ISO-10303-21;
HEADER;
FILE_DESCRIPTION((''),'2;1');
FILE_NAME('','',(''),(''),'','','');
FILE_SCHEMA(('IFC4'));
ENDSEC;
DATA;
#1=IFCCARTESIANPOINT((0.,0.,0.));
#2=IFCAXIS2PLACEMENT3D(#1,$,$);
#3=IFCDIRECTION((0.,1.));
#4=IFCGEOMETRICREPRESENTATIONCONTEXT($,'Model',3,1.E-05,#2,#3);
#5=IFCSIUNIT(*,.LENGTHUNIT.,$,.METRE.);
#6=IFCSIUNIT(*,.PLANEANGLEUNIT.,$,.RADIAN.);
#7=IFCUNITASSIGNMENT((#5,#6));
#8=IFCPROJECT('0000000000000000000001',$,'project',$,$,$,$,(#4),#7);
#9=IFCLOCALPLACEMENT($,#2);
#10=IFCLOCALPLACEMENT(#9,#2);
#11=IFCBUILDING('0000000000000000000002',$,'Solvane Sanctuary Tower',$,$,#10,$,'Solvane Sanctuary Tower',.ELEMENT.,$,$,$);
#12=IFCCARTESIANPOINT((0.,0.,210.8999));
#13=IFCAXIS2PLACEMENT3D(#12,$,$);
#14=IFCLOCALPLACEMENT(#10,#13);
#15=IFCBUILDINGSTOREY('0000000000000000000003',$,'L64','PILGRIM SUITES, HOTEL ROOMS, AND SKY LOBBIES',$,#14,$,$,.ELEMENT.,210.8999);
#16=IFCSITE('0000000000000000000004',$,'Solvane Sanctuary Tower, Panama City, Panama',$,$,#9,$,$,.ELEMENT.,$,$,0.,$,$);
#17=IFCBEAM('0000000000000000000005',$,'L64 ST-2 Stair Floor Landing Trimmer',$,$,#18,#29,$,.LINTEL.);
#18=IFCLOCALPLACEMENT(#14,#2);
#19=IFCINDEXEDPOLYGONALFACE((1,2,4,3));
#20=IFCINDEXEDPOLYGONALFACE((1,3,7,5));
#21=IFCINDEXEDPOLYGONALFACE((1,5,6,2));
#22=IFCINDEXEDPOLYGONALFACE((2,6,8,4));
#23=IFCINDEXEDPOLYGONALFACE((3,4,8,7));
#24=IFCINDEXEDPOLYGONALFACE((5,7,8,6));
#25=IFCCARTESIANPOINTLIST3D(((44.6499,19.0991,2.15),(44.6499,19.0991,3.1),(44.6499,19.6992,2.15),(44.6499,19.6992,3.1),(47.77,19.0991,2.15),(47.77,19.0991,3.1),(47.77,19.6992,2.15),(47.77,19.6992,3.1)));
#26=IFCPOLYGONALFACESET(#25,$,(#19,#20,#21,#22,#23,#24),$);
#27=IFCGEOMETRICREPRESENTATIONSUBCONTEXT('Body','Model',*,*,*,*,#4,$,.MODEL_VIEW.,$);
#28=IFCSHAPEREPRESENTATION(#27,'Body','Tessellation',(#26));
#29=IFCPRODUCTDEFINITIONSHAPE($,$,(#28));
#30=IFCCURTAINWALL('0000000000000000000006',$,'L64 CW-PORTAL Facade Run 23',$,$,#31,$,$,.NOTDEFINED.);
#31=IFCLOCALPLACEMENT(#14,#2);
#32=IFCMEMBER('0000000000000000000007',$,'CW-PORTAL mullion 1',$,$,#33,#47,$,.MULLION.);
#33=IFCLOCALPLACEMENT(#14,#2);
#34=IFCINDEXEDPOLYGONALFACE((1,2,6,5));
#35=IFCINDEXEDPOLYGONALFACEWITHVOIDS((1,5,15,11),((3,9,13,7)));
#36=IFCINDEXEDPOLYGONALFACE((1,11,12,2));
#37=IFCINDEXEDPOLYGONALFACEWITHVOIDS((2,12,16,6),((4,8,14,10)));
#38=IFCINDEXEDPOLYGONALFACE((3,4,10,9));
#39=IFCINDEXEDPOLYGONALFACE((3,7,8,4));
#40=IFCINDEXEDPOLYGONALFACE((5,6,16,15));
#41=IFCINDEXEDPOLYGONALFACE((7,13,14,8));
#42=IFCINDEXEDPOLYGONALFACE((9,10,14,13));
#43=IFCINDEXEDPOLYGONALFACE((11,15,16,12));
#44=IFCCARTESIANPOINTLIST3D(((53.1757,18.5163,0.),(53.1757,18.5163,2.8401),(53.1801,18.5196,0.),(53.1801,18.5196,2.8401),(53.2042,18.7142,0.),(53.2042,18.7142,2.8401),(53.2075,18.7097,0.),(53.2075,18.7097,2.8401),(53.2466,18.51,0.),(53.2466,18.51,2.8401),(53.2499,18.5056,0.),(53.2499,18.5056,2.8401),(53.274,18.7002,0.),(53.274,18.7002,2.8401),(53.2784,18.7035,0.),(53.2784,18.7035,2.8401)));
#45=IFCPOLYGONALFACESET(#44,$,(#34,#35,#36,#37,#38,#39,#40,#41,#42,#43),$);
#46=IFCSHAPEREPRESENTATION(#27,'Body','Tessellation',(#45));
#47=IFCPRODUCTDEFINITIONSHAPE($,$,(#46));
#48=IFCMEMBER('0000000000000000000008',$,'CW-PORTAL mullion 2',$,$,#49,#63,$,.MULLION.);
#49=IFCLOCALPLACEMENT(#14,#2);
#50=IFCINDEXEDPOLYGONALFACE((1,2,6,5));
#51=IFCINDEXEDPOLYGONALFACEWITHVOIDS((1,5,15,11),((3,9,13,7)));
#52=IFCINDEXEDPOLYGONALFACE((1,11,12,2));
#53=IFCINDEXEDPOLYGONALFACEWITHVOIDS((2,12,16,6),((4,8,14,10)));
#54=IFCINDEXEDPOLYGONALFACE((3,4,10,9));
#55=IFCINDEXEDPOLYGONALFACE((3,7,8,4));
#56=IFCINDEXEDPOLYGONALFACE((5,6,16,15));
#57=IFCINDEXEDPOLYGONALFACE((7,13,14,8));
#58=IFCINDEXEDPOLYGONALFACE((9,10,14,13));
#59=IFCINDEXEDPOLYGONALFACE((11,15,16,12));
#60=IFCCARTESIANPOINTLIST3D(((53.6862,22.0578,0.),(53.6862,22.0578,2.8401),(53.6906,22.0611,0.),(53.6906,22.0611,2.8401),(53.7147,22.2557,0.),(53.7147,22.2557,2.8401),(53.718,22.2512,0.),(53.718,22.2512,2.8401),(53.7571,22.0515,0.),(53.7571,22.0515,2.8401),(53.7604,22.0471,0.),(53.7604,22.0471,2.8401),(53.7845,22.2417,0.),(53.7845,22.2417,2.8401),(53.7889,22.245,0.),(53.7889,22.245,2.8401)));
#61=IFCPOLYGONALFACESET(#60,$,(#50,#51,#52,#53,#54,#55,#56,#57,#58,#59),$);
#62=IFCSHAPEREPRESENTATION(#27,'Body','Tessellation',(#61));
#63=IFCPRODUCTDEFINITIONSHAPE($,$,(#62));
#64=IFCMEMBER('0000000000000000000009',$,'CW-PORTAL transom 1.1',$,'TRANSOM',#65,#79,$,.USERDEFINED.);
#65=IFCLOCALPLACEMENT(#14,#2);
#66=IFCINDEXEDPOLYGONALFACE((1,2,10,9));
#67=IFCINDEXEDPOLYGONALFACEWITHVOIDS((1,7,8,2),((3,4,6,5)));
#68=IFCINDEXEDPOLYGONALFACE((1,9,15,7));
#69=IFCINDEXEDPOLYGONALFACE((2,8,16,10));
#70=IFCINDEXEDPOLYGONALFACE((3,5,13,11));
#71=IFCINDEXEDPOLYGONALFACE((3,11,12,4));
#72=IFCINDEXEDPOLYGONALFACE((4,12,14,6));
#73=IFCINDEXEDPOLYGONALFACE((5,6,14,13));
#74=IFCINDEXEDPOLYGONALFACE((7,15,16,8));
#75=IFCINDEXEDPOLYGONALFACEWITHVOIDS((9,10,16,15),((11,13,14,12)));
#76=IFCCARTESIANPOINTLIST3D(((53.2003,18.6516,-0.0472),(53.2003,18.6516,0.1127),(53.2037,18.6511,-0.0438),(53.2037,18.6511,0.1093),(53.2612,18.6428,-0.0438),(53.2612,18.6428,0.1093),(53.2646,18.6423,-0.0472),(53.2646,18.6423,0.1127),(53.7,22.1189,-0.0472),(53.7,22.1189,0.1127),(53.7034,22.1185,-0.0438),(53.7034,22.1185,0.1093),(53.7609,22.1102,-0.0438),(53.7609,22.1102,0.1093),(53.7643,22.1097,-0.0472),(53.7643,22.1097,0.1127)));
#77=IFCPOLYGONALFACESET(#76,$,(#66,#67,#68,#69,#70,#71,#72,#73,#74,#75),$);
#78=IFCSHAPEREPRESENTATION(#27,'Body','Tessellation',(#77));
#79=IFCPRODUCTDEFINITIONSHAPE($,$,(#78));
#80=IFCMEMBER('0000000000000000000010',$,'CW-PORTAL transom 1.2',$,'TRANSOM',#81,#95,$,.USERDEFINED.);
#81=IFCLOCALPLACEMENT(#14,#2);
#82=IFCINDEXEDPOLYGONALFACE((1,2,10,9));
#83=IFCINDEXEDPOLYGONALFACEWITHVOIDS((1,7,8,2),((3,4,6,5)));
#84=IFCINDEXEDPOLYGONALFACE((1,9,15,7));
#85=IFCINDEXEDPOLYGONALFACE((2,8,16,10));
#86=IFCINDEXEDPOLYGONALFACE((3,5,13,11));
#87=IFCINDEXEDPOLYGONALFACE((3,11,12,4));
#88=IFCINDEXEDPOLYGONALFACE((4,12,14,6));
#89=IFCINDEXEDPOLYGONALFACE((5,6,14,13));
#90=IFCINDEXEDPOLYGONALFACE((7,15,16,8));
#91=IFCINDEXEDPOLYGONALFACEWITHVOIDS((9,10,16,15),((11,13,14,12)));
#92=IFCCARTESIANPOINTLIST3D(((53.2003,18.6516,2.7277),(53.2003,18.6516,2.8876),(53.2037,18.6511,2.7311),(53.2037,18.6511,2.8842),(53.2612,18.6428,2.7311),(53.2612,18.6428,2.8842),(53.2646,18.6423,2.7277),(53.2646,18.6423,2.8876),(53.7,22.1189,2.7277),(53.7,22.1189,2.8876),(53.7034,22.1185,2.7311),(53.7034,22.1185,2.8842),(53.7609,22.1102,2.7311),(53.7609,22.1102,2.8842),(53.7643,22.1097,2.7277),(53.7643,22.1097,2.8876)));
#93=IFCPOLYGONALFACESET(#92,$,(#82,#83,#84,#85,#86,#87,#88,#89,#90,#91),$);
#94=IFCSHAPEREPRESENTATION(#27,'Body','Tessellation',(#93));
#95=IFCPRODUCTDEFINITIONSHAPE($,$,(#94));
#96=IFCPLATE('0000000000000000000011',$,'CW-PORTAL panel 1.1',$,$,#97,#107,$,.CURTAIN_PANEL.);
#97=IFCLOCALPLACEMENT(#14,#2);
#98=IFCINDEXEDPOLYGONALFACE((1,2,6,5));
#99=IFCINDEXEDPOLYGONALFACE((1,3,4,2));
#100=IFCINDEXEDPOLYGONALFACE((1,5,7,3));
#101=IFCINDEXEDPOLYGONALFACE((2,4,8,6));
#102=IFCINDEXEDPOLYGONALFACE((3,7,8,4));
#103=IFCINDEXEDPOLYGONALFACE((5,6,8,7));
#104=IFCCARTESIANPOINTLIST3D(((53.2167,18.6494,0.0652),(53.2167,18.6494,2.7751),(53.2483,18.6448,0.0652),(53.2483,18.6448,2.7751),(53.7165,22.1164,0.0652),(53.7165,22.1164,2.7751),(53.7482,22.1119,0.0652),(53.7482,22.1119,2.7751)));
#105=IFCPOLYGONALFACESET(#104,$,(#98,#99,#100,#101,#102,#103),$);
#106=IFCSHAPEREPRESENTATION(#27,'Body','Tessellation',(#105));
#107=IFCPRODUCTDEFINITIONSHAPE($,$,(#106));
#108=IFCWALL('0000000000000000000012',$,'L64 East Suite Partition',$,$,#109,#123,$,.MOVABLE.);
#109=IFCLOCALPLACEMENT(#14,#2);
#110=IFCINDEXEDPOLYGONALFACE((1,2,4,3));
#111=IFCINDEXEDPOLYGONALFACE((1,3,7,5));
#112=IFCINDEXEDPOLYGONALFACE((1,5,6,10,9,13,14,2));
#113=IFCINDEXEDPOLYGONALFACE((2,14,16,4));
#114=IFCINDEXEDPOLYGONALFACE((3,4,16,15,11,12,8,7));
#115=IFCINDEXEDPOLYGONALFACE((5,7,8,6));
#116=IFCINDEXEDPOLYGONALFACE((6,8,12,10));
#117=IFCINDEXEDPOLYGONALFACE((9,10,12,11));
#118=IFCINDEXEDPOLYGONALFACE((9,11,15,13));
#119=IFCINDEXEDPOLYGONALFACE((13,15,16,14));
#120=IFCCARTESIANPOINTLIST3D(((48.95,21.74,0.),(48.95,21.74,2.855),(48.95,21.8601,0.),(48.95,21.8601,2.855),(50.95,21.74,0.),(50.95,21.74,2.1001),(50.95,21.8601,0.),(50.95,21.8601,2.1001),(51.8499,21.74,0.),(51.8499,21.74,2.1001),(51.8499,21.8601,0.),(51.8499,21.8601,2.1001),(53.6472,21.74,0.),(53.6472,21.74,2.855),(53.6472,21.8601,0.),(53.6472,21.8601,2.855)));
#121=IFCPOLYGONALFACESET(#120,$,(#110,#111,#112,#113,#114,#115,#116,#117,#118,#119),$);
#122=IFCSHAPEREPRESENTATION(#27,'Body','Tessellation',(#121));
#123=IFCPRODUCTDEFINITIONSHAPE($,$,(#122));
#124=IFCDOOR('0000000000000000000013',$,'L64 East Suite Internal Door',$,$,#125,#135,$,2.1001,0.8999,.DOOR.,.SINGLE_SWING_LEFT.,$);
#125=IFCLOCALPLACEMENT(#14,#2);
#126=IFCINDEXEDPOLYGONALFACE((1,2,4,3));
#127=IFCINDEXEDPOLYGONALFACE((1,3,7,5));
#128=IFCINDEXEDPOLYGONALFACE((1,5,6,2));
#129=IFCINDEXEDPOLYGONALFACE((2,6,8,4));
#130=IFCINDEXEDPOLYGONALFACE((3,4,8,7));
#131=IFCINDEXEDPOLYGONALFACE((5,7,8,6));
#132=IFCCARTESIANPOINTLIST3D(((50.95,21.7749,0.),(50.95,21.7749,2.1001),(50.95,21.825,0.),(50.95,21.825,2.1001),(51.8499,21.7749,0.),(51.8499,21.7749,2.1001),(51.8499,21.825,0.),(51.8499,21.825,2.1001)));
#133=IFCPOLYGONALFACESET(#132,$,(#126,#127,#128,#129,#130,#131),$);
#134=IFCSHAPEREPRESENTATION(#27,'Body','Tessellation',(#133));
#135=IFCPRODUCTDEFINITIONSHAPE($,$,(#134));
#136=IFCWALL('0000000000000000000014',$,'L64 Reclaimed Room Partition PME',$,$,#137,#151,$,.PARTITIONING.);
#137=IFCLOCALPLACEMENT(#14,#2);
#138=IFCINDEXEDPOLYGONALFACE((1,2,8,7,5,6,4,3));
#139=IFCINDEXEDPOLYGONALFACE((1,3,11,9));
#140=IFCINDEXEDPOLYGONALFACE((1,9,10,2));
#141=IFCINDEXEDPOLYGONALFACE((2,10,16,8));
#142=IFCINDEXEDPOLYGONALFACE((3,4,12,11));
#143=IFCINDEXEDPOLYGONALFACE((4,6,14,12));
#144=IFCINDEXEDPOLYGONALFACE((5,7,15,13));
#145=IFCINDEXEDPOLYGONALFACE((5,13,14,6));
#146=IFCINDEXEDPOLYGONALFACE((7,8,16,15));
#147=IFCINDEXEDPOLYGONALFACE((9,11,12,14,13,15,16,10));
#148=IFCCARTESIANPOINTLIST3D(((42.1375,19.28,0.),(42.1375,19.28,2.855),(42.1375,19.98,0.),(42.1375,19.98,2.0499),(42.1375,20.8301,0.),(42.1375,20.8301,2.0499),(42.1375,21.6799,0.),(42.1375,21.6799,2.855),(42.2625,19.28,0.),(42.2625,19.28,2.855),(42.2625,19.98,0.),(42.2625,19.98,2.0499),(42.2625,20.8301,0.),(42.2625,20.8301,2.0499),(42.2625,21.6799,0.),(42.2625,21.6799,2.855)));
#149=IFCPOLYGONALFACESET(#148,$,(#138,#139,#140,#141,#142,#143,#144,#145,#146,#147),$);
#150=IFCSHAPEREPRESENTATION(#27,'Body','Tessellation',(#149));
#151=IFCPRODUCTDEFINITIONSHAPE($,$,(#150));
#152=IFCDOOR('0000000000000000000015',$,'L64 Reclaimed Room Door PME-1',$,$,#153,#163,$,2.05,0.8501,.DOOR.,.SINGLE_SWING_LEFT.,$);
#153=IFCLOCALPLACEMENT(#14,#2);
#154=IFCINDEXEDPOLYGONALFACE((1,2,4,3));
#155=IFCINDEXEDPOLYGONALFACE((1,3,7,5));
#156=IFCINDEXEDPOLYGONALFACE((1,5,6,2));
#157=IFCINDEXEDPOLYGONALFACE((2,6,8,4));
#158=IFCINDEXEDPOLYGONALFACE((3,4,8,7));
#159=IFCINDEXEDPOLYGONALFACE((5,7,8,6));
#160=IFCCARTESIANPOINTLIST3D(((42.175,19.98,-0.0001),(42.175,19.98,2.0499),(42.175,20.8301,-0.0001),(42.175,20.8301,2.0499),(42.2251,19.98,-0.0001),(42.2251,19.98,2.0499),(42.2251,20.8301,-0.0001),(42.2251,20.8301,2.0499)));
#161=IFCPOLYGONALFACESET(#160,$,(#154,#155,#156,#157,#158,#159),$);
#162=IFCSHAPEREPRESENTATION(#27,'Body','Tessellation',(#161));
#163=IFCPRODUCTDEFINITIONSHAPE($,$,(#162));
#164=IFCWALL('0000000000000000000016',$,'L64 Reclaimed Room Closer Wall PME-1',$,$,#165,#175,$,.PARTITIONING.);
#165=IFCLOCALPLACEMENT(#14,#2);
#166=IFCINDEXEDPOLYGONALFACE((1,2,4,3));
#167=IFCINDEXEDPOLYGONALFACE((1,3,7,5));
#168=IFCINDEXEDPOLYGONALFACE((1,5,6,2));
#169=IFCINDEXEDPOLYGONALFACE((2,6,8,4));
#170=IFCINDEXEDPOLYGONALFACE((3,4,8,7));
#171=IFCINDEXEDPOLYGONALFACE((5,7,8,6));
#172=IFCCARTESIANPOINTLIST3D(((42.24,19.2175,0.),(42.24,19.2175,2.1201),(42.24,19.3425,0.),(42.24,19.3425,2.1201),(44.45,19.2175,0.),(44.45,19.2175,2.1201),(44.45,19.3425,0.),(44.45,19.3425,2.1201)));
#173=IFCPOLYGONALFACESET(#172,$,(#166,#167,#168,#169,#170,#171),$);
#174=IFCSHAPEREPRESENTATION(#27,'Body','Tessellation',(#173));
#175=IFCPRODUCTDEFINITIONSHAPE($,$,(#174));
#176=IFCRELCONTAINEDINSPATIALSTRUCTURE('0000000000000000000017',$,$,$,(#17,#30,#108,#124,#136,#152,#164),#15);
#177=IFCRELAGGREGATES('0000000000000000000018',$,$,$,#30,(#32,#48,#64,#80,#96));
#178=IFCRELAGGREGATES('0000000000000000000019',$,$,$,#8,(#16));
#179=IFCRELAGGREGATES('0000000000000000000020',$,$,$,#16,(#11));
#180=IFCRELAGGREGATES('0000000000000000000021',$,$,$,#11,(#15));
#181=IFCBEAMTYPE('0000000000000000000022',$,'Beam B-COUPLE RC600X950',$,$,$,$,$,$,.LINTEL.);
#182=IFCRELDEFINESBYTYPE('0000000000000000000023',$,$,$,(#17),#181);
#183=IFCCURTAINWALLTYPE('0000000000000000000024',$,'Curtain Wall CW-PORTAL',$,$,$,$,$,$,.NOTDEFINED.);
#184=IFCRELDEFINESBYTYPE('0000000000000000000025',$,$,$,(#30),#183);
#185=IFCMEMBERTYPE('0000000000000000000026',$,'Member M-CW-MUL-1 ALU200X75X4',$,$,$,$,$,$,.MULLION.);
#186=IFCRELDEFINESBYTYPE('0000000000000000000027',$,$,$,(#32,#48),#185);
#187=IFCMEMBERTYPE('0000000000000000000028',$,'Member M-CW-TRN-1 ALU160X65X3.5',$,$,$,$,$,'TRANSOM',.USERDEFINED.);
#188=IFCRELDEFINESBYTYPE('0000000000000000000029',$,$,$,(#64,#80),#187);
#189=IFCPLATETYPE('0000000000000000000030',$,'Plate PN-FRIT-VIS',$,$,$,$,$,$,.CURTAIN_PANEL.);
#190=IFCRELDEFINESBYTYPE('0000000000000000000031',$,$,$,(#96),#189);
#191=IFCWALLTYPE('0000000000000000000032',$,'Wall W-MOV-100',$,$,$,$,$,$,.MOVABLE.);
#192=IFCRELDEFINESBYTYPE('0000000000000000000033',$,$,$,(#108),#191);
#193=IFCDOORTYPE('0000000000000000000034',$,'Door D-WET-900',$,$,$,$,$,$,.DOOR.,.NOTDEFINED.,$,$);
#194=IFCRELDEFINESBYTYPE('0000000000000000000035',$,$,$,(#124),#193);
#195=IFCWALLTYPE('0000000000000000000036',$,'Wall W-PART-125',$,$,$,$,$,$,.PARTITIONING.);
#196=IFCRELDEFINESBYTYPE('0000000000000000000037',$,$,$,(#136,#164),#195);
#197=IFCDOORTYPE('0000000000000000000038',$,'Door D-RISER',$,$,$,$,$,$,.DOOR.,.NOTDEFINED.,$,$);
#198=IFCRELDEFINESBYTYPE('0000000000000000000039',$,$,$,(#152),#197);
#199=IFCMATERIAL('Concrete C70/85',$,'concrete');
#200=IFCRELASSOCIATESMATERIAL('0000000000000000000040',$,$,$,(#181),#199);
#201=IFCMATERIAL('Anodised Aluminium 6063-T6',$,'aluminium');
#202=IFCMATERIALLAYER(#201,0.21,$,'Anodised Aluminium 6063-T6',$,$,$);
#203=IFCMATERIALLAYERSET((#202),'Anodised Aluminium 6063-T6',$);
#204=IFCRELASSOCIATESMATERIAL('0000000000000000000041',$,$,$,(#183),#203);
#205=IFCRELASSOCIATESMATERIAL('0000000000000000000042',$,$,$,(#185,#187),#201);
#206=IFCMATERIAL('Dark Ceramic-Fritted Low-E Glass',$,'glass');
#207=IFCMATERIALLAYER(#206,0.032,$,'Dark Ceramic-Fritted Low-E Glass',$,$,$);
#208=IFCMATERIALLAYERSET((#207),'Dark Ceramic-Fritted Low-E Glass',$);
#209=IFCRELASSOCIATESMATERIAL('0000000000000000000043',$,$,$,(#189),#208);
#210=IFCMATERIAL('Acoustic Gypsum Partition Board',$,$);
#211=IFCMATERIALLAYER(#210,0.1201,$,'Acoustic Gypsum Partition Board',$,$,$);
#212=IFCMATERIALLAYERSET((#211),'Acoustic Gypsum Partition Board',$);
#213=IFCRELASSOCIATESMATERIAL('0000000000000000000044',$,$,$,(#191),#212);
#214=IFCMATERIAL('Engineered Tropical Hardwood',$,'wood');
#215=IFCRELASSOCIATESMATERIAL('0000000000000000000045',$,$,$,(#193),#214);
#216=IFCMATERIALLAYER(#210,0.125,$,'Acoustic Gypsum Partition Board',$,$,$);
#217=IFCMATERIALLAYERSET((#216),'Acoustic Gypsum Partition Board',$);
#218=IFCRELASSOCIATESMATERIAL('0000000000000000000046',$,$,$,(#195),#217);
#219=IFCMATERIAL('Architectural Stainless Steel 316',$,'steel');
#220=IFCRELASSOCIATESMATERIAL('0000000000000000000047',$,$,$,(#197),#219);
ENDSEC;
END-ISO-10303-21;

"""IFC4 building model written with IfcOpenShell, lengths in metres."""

from ifc_helpers import new_model, si_unit, direction, frame, frame_2d, origin, origin_2d, place, context, subcontext, project, spatial, rectangle, hollow_rectangle, extrude, material, layer, layer_set, material_profile, profile_set, type_object, element, fill, aggregate, save


model = new_model("IFC4")

# Units and contexts
model_context = context("Model", 3, precision=1e-05, world=origin(), true_north=direction((0.0, 1.0)))
body_context = subcontext(model_context, "Body", "Model", "MODEL_VIEW")
ifc_project = project(units=[si_unit("LENGTHUNIT", "METRE"), si_unit("PLANEANGLEUNIT", "RADIAN")], contexts=[model_context])

# Site, building, storey
site_placement = place(None, origin())
site = spatial("IfcSite", under=ifc_project, at=site_placement, Name="Solvane Sanctuary Tower, Panama City, Panama", CompositionType="ELEMENT", RefElevation=0.0)
building_placement = place(site_placement, origin())
building = spatial("IfcBuilding", under=site, at=building_placement, Name="Solvane Sanctuary Tower", LongName="Solvane Sanctuary Tower", CompositionType="ELEMENT")
storey_placement = place(building_placement, frame((0.0, 0.0, 210.8999)))
storey = spatial("IfcBuildingStorey", under=building, at=storey_placement, Name="L64", Description="PILGRIM SUITES, HOTEL ROOMS, AND SKY LOBBIES", CompositionType="ELEMENT", Elevation=210.8999)

# Beam
ifc_material_1 = material(Name="Concrete C70/85", Category="concrete")
ifc_material_profile_1 = material_profile(ifc_material_1, rectangle(XDim=0.6001, YDim=0.95, at=origin_2d()), Name="RC600X950")
ifc_profile_set_1 = profile_set([ifc_material_profile_1], Name="Concrete C70/85")
beam_type = type_object("IfcBeamType", Name="Beam B-COUPLE RC600X950", PredefinedType="LINTEL", material=ifc_profile_set_1)
beam_placement = place(storey_placement, frame((44.6499, 19.3992, 2.625), z_axis=(1.0, 0.0, 0.0), x_axis=(0.0, 1.0, 0.0)))
element("IfcBeam", 1, at=beam_placement, inside=storey, type_object=beam_type, Name="L64 ST-2 Stair Floor Landing Trimmer", PredefinedType="LINTEL", context=body_context, shape_type="SweptSolid", body=[
    extrude(rectangle(XDim=0.6001, YDim=0.95, at=origin_2d()), origin(), (0.0, 0.0, 1.0), 3.1201),
])

# Curtain wall, members, plate
ifc_material_2 = material(Name="Anodised Aluminium 6063-T6", Category="aluminium")
ifc_layer_1 = layer(ifc_material_2, 0.21, Name="Anodised Aluminium 6063-T6")
ifc_layer_set_1 = layer_set([ifc_layer_1], Name="Anodised Aluminium 6063-T6")
curtain_wall_type = type_object("IfcCurtainWallType", Name="Curtain Wall CW-PORTAL", PredefinedType="NOTDEFINED", material=ifc_layer_set_1)
curtain_wall_placement = place(storey_placement, origin())
curtain_wall = element("IfcCurtainWall", 2, at=curtain_wall_placement, inside=storey, type_object=curtain_wall_type, Name="L64 CW-PORTAL Facade Run 23", PredefinedType="NOTDEFINED")
ifc_material_profile_2 = material_profile(ifc_material_2, hollow_rectangle(XDim=0.075, YDim=0.2, WallThickness=0.0039, at=origin_2d()), Name="ALU200X75X4")
ifc_profile_set_2 = profile_set([ifc_material_profile_2], Name="Anodised Aluminium 6063-T6")
member_type_1 = type_object("IfcMemberType", Name="Member M-CW-MUL-1 ALU200X75X4", PredefinedType="MULLION", material=ifc_profile_set_2)
member_1_placement = place(storey_placement, frame((53.2271, 18.6099, 0.0), z_axis=(0.0, 0.0, 1.0), x_axis=(-0.989765, 0.142705, 0.0)))
member_1 = element("IfcMember", 3, at=member_1_placement, type_object=member_type_1, Name="CW-PORTAL mullion 1", PredefinedType="MULLION", context=body_context, shape_type="SweptSolid", body=[
    extrude(hollow_rectangle(XDim=0.075, YDim=0.2, WallThickness=0.0039, at=origin_2d()), origin(), (0.0, 0.0, 1.0), 2.8401),
])
member_2_placement = place(storey_placement, frame((53.7375, 22.1514, 0.0), z_axis=(0.0, 0.0, 1.0), x_axis=(-0.989765, 0.142705, 0.0)))
member_2 = element("IfcMember", 4, at=member_2_placement, type_object=member_type_1, Name="CW-PORTAL mullion 2", PredefinedType="MULLION", context=body_context, shape_type="SweptSolid", body=[
    extrude(hollow_rectangle(XDim=0.075, YDim=0.2, WallThickness=0.0039, at=origin_2d()), origin(), (0.0, 0.0, 1.0), 2.8401),
])
ifc_material_profile_3 = material_profile(ifc_material_2, hollow_rectangle(XDim=0.0649, YDim=0.1599, WallThickness=0.0034, at=origin_2d()), Name="ALU160X65X3.5")
ifc_profile_set_3 = profile_set([ifc_material_profile_3], Name="Anodised Aluminium 6063-T6")
member_type_2 = type_object("IfcMemberType", Name="Member M-CW-TRN-1 ALU160X65X3.5", ElementType="TRANSOM", PredefinedType="USERDEFINED", material=ifc_profile_set_3)
member_3_placement = place(storey_placement, frame((53.2324, 18.647, 0.0327), z_axis=(0.14266, 0.989772, 0.0), x_axis=(-0.989772, 0.14266, 0.0)))
member_3 = element("IfcMember", 5, at=member_3_placement, type_object=member_type_2, Name="CW-PORTAL transom 1.1", ObjectType="TRANSOM", PredefinedType="USERDEFINED", context=body_context, shape_type="SweptSolid", body=[
    extrude(hollow_rectangle(XDim=0.0649, YDim=0.1599, WallThickness=0.0034, at=origin_2d()), origin(), (0.0, 0.0, 1.0), 3.5032),
])
member_4_placement = place(storey_placement, frame((53.2324, 18.647, 2.8076), z_axis=(0.14266, 0.989772, 0.0), x_axis=(-0.989772, 0.14266, 0.0)))
member_4 = element("IfcMember", 6, at=member_4_placement, type_object=member_type_2, Name="CW-PORTAL transom 1.2", ObjectType="TRANSOM", PredefinedType="USERDEFINED", context=body_context, shape_type="SweptSolid", body=[
    extrude(hollow_rectangle(XDim=0.0649, YDim=0.1599, WallThickness=0.0034, at=origin_2d()), origin(), (0.0, 0.0, 1.0), 3.5032),
])
ifc_material_3 = material(Name="Dark Ceramic-Fritted Low-E Glass", Category="glass")
ifc_layer_2 = layer(ifc_material_3, 0.032, Name="Dark Ceramic-Fritted Low-E Glass")
ifc_layer_set_2 = layer_set([ifc_layer_2], Name="Dark Ceramic-Fritted Low-E Glass")
plate_type = type_object("IfcPlateType", Name="Plate PN-FRIT-VIS", PredefinedType="CURTAIN_PANEL", material=ifc_layer_set_2)
plate_placement = place(storey_placement, frame((53.4824, 20.3806, 0.0652), z_axis=(0.0, 0.0, 1.0), x_axis=(0.142705, 0.989765, 0.0)))
plate = element("IfcPlate", 7, at=plate_placement, type_object=plate_type, Name="CW-PORTAL panel 1.1", PredefinedType="CURTAIN_PANEL", context=body_context, shape_type="SweptSolid", body=[
    extrude(rectangle(XDim=3.5029, YDim=0.032, at=origin_2d()), origin(), (0.0, 0.0, 1.0), 2.71),
])
aggregate(curtain_wall, [member_1, member_2, member_3, member_4, plate])

# Walls, openings, doors
ifc_material_4 = material(Name="Acoustic Gypsum Partition Board")
ifc_layer_3 = layer(ifc_material_4, 0.1201, Name="Acoustic Gypsum Partition Board")
ifc_layer_set_3 = layer_set([ifc_layer_3], Name="Acoustic Gypsum Partition Board")
wall_type_1 = type_object("IfcWallType", Name="Wall W-MOV-100", PredefinedType="MOVABLE", material=ifc_layer_set_3)
wall_1_placement = place(storey_placement, frame((48.95, 21.8, 0.0), z_axis=(0.0, 0.0, 1.0), x_axis=(1.0, 0.0, 0.0)))
wall_1 = element("IfcWall", 8, at=wall_1_placement, inside=storey, type_object=wall_type_1, Name="L64 East Suite Partition", PredefinedType="MOVABLE", context=body_context, shape_type="SweptSolid", body=[
    extrude(rectangle(XDim=4.6973, YDim=0.1201, at=frame_2d((2.3486, 0.0))), origin(), (0.0, 0.0, 1.0), 2.855),
])
opening_1_placement = place(wall_1_placement, frame((2.0, 0.0, 0.0)))
opening_1 = element("IfcOpeningElement", 9, at=opening_1_placement, cuts=wall_1, PredefinedType="OPENING", context=body_context, shape_type="SweptSolid", body=[
    extrude(rectangle(XDim=0.8999, YDim=2.1001, at=frame_2d((0.45, 1.05))), frame((0.0, 0.0701, 0.0), z_axis=(0.0, -1.0, 0.0), x_axis=(1.0, 0.0, 0.0)), (0.0, 0.0, 1.0), 0.1401),
])
ifc_material_5 = material(Name="Engineered Tropical Hardwood", Category="wood")
door_type_1 = type_object("IfcDoorType", Name="Door D-WET-900", OperationType="NOTDEFINED", PredefinedType="DOOR", material=ifc_material_5)
door_1_placement = place(opening_1_placement, origin())
door_1 = element("IfcDoor", 10, at=door_1_placement, inside=storey, type_object=door_type_1, Name="L64 East Suite Internal Door", OperationType="SINGLE_SWING_LEFT", OverallHeight=2.1001, OverallWidth=0.8999, PredefinedType="DOOR", context=body_context, shape_type="SweptSolid", body=[
    extrude(rectangle(XDim=0.8999, YDim=2.1001, at=frame_2d((0.45, 1.05))), frame((0.0, 0.0249, 0.0), z_axis=(0.0, -1.0, 0.0), x_axis=(1.0, 0.0, 0.0)), (0.0, 0.0, 1.0), 0.05),
])
fill(opening_1, door_1)
ifc_layer_4 = layer(ifc_material_4, 0.125, Name="Acoustic Gypsum Partition Board")
ifc_layer_set_4 = layer_set([ifc_layer_4], Name="Acoustic Gypsum Partition Board")
wall_type_2 = type_object("IfcWallType", Name="Wall W-PART-125", PredefinedType="PARTITIONING", material=ifc_layer_set_4)
wall_2_placement = place(storey_placement, frame((42.2, 19.28, 0.0), z_axis=(0.0, 0.0, 1.0), x_axis=(0.0, 1.0, 0.0)))
wall_2 = element("IfcWall", 11, at=wall_2_placement, inside=storey, type_object=wall_type_2, Name="L64 Reclaimed Room Partition PME", PredefinedType="PARTITIONING", context=body_context, shape_type="SweptSolid", body=[
    extrude(rectangle(XDim=2.3999, YDim=0.125, at=frame_2d((1.2, 0.0))), origin(), (0.0, 0.0, 1.0), 2.855),
])
opening_2_placement = place(wall_2_placement, frame((0.7, 0.0, 0.0)))
opening_2 = element("IfcOpeningElement", 12, at=opening_2_placement, cuts=wall_2, PredefinedType="OPENING", context=body_context, shape_type="SweptSolid", body=[
    extrude(rectangle(XDim=0.8501, YDim=2.05, at=frame_2d((0.425, 1.0249))), frame((0.0, 0.0725, 0.0), z_axis=(0.0, -1.0, 0.0), x_axis=(1.0, 0.0, 0.0)), (0.0, 0.0, 1.0), 0.145),
])
ifc_material_6 = material(Name="Architectural Stainless Steel 316", Category="steel")
door_type_2 = type_object("IfcDoorType", Name="Door D-RISER", OperationType="NOTDEFINED", PredefinedType="DOOR", material=ifc_material_6)
door_2_placement = place(opening_2_placement, origin())
door_2 = element("IfcDoor", 13, at=door_2_placement, inside=storey, type_object=door_type_2, Name="L64 Reclaimed Room Door PME-1", OperationType="SINGLE_SWING_LEFT", OverallHeight=2.05, OverallWidth=0.8501, PredefinedType="DOOR", context=body_context, shape_type="SweptSolid", body=[
    extrude(rectangle(XDim=0.8501, YDim=2.05, at=frame_2d((0.425, 1.0249))), frame((0.0, 0.0249, 0.0), z_axis=(0.0, -1.0, 0.0), x_axis=(1.0, 0.0, 0.0)), (0.0, 0.0, 1.0), 0.05),
])
fill(opening_2, door_2)

# Wall
wall_3_placement = place(storey_placement, frame((42.24, 19.28, 0.0), z_axis=(0.0, 0.0, 1.0), x_axis=(1.0, 0.0, 0.0)))
element("IfcWall", 14, at=wall_3_placement, inside=storey, type_object=wall_type_2, Name="L64 Reclaimed Room Closer Wall PME-1", PredefinedType="PARTITIONING", context=body_context, shape_type="SweptSolid", body=[
    extrude(rectangle(XDim=2.21, YDim=0.125, at=frame_2d((1.105, 0.0))), origin(), (0.0, 0.0, 1.0), 2.1201),
])

save(model, "model.ifc")
